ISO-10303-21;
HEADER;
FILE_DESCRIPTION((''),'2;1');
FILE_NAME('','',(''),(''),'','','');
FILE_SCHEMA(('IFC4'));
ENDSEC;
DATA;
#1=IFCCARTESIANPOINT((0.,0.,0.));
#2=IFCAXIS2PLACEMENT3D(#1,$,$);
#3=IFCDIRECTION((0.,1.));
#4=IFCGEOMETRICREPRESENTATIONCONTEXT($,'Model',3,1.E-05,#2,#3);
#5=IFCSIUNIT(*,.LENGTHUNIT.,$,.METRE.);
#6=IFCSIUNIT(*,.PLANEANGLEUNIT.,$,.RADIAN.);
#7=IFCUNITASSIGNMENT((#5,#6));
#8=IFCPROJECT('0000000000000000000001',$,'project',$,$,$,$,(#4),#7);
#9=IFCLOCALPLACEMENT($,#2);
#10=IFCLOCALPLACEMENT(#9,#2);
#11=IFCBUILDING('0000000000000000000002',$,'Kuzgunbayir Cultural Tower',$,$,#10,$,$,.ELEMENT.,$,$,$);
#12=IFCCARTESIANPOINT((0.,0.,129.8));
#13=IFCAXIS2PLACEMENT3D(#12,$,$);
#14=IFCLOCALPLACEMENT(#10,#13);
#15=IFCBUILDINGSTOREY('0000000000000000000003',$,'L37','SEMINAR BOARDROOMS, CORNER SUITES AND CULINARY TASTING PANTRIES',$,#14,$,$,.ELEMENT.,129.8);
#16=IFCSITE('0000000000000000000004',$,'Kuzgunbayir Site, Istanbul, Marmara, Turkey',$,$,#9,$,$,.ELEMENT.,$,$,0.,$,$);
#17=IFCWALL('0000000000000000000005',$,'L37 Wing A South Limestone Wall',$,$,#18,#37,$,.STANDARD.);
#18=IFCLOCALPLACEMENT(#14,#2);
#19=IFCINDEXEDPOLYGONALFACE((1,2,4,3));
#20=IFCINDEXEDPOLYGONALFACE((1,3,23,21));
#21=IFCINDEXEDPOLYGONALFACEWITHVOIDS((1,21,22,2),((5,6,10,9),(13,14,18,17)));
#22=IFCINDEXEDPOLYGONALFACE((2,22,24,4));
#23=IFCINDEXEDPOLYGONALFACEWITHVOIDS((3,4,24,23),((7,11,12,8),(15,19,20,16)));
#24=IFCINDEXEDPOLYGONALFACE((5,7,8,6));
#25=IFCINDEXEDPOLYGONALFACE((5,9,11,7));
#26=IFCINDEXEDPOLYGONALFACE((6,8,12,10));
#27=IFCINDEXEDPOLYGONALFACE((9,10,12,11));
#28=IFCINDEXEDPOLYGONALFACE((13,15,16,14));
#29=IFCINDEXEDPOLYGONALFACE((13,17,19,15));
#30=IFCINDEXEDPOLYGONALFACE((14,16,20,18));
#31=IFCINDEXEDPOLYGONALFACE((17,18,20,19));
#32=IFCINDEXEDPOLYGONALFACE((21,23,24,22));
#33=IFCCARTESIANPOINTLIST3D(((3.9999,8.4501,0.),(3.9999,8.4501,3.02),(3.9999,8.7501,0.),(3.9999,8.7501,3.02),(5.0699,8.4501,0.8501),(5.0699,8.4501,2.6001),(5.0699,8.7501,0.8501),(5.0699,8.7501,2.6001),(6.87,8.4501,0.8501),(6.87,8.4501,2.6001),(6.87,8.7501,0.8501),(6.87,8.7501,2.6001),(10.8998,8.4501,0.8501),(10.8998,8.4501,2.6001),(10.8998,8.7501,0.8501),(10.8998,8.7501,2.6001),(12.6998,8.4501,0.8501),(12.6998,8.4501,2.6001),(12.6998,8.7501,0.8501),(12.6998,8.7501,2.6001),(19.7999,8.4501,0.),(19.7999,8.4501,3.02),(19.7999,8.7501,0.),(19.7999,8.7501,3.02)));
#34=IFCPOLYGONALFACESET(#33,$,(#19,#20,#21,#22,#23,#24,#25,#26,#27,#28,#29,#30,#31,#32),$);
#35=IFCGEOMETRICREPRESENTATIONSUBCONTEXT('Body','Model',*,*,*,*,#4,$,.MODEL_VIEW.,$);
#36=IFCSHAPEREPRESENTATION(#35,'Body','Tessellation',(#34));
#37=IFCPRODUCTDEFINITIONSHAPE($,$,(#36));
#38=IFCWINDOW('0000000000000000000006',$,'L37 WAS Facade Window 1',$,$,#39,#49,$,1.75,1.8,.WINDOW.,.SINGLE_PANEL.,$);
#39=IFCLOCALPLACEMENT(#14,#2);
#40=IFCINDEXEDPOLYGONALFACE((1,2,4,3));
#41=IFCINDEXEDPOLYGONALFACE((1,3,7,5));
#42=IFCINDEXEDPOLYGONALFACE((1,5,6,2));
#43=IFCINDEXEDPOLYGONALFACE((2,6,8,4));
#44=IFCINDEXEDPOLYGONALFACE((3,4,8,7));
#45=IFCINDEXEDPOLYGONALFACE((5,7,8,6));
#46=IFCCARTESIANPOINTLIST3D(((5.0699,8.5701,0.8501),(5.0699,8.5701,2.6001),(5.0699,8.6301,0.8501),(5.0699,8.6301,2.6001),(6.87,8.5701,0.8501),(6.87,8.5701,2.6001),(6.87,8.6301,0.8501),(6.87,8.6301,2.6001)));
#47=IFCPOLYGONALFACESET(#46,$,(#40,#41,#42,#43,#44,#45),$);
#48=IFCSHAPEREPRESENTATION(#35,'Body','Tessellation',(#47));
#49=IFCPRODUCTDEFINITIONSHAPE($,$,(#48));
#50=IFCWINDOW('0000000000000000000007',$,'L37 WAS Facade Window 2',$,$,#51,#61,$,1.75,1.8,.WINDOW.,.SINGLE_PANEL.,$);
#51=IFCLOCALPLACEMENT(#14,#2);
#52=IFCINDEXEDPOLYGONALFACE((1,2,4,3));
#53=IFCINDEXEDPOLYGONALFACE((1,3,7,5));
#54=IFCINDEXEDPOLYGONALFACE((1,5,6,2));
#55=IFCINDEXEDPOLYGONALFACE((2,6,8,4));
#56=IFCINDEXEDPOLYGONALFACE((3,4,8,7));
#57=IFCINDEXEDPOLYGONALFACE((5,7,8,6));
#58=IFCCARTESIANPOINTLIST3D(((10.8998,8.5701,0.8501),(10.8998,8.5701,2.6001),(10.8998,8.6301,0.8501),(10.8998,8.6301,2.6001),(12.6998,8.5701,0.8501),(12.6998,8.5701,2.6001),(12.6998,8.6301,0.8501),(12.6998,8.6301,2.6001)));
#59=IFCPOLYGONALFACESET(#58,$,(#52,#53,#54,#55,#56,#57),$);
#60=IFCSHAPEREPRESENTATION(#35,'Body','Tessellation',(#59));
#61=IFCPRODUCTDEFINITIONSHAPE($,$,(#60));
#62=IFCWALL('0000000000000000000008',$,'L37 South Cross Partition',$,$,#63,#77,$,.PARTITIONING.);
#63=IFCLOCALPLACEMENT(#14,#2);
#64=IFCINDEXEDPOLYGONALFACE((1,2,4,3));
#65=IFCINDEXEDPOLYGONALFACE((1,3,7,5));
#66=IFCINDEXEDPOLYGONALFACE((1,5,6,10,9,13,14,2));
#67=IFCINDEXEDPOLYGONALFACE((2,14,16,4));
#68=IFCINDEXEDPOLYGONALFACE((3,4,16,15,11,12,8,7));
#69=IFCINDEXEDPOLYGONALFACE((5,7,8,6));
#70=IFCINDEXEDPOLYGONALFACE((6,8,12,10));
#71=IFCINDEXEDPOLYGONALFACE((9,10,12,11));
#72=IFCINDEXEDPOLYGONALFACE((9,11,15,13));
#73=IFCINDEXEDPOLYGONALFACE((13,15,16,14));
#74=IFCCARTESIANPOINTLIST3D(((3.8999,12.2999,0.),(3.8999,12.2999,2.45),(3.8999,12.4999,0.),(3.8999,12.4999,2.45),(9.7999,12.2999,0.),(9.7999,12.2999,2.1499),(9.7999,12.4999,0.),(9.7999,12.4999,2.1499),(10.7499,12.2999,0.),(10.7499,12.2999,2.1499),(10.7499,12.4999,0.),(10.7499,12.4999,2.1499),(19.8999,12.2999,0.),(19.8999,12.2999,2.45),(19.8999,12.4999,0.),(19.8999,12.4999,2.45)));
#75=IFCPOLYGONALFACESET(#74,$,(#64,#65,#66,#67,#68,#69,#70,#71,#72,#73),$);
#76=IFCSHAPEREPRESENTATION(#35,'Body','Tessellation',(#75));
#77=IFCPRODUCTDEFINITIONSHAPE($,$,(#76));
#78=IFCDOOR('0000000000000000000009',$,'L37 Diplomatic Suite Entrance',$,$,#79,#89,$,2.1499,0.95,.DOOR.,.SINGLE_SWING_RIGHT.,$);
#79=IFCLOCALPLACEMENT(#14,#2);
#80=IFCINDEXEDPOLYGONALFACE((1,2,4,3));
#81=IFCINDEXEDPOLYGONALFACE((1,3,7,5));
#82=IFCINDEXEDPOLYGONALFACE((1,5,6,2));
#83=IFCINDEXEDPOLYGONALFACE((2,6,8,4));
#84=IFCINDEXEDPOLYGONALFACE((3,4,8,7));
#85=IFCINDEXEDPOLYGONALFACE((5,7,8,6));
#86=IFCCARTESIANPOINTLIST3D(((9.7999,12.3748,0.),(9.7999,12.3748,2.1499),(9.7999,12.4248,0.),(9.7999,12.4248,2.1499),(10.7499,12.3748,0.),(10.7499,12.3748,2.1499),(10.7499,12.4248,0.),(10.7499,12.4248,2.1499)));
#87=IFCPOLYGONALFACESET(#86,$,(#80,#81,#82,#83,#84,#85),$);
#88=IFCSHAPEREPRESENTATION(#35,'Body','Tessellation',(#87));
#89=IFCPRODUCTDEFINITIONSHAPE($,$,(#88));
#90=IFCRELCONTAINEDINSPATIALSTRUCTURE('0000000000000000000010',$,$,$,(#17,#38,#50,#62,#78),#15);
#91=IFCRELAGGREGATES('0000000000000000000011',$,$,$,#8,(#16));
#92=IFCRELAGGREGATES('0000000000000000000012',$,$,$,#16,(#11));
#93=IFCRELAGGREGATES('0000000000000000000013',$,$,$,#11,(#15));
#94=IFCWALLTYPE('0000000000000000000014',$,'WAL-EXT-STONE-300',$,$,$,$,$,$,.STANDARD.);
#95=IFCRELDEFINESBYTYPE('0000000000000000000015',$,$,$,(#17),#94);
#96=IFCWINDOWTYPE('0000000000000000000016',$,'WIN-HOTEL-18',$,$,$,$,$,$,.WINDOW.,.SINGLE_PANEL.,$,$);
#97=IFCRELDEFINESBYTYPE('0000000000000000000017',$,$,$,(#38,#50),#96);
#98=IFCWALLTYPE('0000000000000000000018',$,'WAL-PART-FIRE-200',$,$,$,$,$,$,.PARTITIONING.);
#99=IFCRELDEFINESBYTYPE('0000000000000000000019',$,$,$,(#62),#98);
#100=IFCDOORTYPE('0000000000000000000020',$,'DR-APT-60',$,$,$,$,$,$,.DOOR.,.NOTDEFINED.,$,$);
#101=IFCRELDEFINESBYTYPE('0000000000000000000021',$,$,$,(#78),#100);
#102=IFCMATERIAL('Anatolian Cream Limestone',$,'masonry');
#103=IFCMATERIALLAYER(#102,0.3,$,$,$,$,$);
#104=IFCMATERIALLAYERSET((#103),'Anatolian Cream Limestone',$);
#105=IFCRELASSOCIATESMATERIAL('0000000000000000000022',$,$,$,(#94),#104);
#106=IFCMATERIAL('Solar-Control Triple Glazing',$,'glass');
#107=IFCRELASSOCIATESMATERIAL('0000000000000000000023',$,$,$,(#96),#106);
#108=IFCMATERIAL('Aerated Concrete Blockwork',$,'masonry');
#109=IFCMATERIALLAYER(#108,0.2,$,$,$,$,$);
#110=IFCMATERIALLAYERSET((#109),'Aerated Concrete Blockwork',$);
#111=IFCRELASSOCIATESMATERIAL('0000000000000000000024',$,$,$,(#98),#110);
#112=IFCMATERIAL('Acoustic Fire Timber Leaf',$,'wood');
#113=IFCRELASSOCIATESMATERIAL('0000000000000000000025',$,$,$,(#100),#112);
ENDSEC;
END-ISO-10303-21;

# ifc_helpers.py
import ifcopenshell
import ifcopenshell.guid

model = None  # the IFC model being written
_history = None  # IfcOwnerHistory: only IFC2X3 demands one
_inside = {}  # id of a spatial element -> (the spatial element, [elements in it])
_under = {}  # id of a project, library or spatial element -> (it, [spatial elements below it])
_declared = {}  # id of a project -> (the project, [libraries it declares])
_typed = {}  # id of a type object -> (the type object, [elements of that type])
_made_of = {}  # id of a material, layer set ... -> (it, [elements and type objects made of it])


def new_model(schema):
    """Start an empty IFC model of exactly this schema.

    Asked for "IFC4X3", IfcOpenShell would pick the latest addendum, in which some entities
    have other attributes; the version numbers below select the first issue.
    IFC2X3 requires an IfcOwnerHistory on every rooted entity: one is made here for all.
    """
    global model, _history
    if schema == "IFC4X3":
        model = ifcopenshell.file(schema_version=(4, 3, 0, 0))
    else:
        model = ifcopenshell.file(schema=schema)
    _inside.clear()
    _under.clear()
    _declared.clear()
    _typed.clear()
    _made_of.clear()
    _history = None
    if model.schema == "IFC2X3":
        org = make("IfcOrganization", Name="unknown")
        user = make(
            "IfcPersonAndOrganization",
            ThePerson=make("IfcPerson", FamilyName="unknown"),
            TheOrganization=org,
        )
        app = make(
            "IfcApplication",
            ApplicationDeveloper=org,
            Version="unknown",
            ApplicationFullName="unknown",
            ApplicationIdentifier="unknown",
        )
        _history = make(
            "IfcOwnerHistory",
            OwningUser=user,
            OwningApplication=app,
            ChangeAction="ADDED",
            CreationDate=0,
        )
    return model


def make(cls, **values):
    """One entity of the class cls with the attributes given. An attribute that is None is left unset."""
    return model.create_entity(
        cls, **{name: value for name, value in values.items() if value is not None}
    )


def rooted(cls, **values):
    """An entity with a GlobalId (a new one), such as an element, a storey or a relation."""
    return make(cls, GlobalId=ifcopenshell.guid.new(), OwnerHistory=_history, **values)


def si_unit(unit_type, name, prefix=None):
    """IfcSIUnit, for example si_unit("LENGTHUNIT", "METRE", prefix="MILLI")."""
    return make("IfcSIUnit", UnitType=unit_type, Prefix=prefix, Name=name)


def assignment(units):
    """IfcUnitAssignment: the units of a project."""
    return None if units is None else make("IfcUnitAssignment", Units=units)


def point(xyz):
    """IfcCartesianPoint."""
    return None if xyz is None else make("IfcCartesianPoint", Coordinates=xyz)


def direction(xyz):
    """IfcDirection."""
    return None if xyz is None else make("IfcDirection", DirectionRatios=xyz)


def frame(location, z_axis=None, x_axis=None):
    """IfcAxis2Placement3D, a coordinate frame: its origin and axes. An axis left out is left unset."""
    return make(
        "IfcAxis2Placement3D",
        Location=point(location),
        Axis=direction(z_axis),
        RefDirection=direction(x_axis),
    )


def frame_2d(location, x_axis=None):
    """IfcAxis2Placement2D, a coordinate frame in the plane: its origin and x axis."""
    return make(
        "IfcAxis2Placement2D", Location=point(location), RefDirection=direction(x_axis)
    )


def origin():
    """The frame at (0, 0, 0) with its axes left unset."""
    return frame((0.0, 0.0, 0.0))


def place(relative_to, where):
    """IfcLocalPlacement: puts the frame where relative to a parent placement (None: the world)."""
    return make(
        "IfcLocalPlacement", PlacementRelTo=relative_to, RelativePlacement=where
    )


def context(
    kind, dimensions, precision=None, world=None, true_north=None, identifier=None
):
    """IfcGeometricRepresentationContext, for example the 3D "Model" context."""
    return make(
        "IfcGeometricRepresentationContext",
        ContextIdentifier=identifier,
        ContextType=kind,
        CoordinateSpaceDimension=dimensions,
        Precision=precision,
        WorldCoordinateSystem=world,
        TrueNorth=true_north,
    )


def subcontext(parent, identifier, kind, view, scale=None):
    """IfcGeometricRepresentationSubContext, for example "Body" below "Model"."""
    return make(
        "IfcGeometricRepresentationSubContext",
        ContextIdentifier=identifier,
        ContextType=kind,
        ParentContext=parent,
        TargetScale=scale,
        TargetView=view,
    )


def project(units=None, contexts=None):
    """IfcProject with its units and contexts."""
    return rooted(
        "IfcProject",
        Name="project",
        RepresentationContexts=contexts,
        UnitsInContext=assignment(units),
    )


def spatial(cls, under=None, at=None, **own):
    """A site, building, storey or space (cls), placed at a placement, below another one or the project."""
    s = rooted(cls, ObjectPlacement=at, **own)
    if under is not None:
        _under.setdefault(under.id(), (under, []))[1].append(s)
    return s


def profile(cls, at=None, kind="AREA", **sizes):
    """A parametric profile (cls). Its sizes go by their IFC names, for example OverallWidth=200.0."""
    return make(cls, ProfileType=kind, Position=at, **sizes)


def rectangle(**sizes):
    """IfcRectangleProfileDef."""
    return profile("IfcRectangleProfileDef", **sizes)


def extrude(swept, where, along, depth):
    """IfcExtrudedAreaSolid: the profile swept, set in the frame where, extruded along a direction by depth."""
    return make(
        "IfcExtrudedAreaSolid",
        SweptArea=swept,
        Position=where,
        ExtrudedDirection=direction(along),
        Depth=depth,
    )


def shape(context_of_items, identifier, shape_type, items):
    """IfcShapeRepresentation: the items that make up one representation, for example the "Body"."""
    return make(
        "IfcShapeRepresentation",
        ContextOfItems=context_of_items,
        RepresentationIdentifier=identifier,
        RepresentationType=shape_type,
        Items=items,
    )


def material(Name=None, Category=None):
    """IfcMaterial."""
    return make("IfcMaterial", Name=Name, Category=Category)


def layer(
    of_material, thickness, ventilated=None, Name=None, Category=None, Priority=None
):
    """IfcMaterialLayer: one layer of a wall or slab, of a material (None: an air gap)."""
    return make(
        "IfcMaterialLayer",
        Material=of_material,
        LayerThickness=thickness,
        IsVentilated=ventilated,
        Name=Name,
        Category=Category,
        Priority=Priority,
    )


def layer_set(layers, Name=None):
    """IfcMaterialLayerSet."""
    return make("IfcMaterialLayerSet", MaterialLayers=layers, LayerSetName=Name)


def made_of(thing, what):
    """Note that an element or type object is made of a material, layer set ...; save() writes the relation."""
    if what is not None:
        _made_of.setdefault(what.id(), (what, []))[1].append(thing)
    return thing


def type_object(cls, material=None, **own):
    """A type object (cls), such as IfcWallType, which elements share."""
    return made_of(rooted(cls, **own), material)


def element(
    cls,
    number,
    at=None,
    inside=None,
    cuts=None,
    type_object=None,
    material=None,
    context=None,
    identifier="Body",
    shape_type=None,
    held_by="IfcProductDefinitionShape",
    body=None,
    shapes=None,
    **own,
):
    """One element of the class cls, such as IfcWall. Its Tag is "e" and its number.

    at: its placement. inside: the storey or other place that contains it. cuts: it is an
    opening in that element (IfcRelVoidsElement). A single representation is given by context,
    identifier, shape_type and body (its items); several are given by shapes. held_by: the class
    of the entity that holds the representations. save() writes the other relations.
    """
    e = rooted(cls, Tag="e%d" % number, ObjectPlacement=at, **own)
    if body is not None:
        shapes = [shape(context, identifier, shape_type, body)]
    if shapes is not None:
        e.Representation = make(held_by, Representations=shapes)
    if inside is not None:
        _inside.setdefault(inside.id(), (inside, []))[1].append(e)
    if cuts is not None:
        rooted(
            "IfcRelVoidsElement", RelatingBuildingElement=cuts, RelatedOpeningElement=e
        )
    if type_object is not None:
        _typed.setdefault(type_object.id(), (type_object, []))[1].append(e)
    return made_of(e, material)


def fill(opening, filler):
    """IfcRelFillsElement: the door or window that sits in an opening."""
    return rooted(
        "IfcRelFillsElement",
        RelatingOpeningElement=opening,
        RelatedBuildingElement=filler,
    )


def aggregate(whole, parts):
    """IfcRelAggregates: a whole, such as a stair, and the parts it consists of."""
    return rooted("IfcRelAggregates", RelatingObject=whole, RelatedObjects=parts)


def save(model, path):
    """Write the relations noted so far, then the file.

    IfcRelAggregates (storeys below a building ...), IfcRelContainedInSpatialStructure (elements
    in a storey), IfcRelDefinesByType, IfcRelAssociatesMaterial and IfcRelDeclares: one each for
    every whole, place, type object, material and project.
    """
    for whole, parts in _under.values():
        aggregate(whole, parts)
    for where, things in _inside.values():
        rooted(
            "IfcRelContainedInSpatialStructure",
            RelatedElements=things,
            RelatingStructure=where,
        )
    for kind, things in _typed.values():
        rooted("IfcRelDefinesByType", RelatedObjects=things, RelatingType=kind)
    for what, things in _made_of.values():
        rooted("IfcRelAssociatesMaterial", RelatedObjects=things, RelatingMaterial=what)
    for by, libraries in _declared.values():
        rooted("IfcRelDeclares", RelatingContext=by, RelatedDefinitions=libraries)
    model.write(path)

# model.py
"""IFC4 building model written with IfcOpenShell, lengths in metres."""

from ifc_helpers import new_model, si_unit, direction, frame, frame_2d, origin, place, context, subcontext, project, spatial, rectangle, extrude, material, layer, layer_set, type_object, element, fill, save


model = new_model("IFC4")

# Units and contexts
model_context = context("Model", 3, precision=1e-05, world=origin(), true_north=direction((0.0, 1.0)))
body_context = subcontext(model_context, "Body", "Model", "MODEL_VIEW")
ifc_project = project(units=[si_unit("LENGTHUNIT", "METRE"), si_unit("PLANEANGLEUNIT", "RADIAN")], contexts=[model_context])

# Site, building, storey
site_placement = place(None, origin())
site = spatial("IfcSite", under=ifc_project, at=site_placement, Name="Kuzgunbayir Site, Istanbul, Marmara, Turkey", CompositionType="ELEMENT", RefElevation=0.0)
building_placement = place(site_placement, origin())
building = spatial("IfcBuilding", under=site, at=building_placement, Name="Kuzgunbayir Cultural Tower", CompositionType="ELEMENT")
storey_placement = place(building_placement, frame((0.0, 0.0, 129.8)))
storey = spatial("IfcBuildingStorey", under=building, at=storey_placement, Name="L37", Description="SEMINAR BOARDROOMS, CORNER SUITES AND CULINARY TASTING PANTRIES", CompositionType="ELEMENT", Elevation=129.8)

# Wall, openings, windows
ifc_material_1 = material(Name="Anatolian Cream Limestone", Category="masonry")
ifc_layer_1 = layer(ifc_material_1, 0.3)
ifc_layer_set_1 = layer_set([ifc_layer_1], Name="Anatolian Cream Limestone")
wall_type_1 = type_object("IfcWallType", Name="WAL-EXT-STONE-300", PredefinedType="STANDARD", material=ifc_layer_set_1)
wall_1_placement = place(storey_placement, frame((4.0, 8.6001, 0.0), z_axis=(0.0, 0.0, 1.0), x_axis=(1.0, 0.0, 0.0)))
wall_1 = element("IfcWall", 1, at=wall_1_placement, inside=storey, type_object=wall_type_1, Name="L37 Wing A South Limestone Wall", PredefinedType="STANDARD", context=body_context, shape_type="SweptSolid", body=[
    extrude(rectangle(XDim=15.8, YDim=0.3, at=frame_2d((7.8999, 0.0))), origin(), (0.0, 0.0, 1.0), 3.02),
])
opening_1_placement = place(wall_1_placement, frame((1.0701, 0.0, 0.8501)))
opening_1 = element("IfcOpeningElement", 2, at=opening_1_placement, cuts=wall_1, PredefinedType="OPENING", context=body_context, shape_type="SweptSolid", body=[
    extrude(rectangle(XDim=1.8, YDim=1.75, at=frame_2d((0.8999, 0.875))), frame((0.0, 0.1602, 0.0), z_axis=(0.0, -1.0, 0.0), x_axis=(1.0, 0.0, 0.0)), (0.0, 0.0, 1.0), 0.3201),
])
opening_2_placement = place(wall_1_placement, frame((6.8999, 0.0, 0.8501)))
opening_2 = element("IfcOpeningElement", 3, at=opening_2_placement, cuts=wall_1, PredefinedType="OPENING", context=body_context, shape_type="SweptSolid", body=[
    extrude(rectangle(XDim=1.8, YDim=1.75, at=frame_2d((0.8999, 0.875))), frame((0.0, 0.1602, 0.0), z_axis=(0.0, -1.0, 0.0), x_axis=(1.0, 0.0, 0.0)), (0.0, 0.0, 1.0), 0.3201),
])
ifc_material_2 = material(Name="Solar-Control Triple Glazing", Category="glass")
window_type = type_object("IfcWindowType", Name="WIN-HOTEL-18", PartitioningType="SINGLE_PANEL", PredefinedType="WINDOW", material=ifc_material_2)
window_1_placement = place(opening_1_placement, origin())
window_1 = element("IfcWindow", 4, at=window_1_placement, inside=storey, type_object=window_type, Name="L37 WAS Facade Window 1", OverallHeight=1.75, OverallWidth=1.8, PartitioningType="SINGLE_PANEL", PredefinedType="WINDOW", context=body_context, shape_type="SweptSolid", body=[
    extrude(rectangle(XDim=1.8, YDim=1.75, at=frame_2d((0.8999, 0.875))), frame((0.0, 0.03, 0.0), z_axis=(0.0, -1.0, 0.0), x_axis=(1.0, 0.0, 0.0)), (0.0, 0.0, 1.0), 0.0601),
])
fill(opening_1, window_1)
window_2_placement = place(opening_2_placement, origin())
window_2 = element("IfcWindow", 5, at=window_2_placement, inside=storey, type_object=window_type, Name="L37 WAS Facade Window 2", OverallHeight=1.75, OverallWidth=1.8, PartitioningType="SINGLE_PANEL", PredefinedType="WINDOW", context=body_context, shape_type="SweptSolid", body=[
    extrude(rectangle(XDim=1.8, YDim=1.75, at=frame_2d((0.8999, 0.875))), frame((0.0, 0.03, 0.0), z_axis=(0.0, -1.0, 0.0), x_axis=(1.0, 0.0, 0.0)), (0.0, 0.0, 1.0), 0.0601),
])
fill(opening_2, window_2)

# Shared definitions
ifc_material_3 = material(Name="Aerated Concrete Blockwork", Category="masonry")
ifc_layer_2 = layer(ifc_material_3, 0.2)
ifc_layer_set_2 = layer_set([ifc_layer_2], Name="Aerated Concrete Blockwork")
wall_type_2 = type_object("IfcWallType", Name="WAL-PART-FIRE-200", PredefinedType="PARTITIONING", material=ifc_layer_set_2)

# Wall, opening, door
wall_2_placement = place(storey_placement, frame((3.8999, 12.3999, 0.0), z_axis=(0.0, 0.0, 1.0), x_axis=(1.0, 0.0, 0.0)))
wall_2 = element("IfcWall", 6, at=wall_2_placement, inside=storey, type_object=wall_type_2, Name="L37 South Cross Partition", PredefinedType="PARTITIONING", context=body_context, shape_type="SweptSolid", body=[
    extrude(rectangle(XDim=16.0, YDim=0.2, at=frame_2d((8.0, 0.0))), origin(), (0.0, 0.0, 1.0), 2.45),
])
opening_3_placement = place(wall_2_placement, frame((5.8999, 0.0, 0.0)))
opening_3 = element("IfcOpeningElement", 7, at=opening_3_placement, cuts=wall_2, PredefinedType="OPENING", context=body_context, shape_type="SweptSolid", body=[
    extrude(rectangle(XDim=0.95, YDim=2.1499, at=frame_2d((0.4751, 1.075))), frame((0.0, 0.1099, 0.0), z_axis=(0.0, -1.0, 0.0), x_axis=(1.0, 0.0, 0.0)), (0.0, 0.0, 1.0), 0.22),
])
ifc_material_4 = material(Name="Acoustic Fire Timber Leaf", Category="wood")
door_type_1 = type_object("IfcDoorType", Name="DR-APT-60", OperationType="NOTDEFINED", PredefinedType="DOOR", material=ifc_material_4)
door_1_placement = place(opening_3_placement, origin())
door_1 = element("IfcDoor", 8, at=door_1_placement, inside=storey, type_object=door_type_1, Name="L37 Diplomatic Suite Entrance", OperationType="SINGLE_SWING_RIGHT", OverallHeight=2.1499, OverallWidth=0.95, PredefinedType="DOOR", context=body_context, shape_type="SweptSolid", body=[
    extrude(rectangle(XDim=0.95, YDim=2.1499, at=frame_2d((0.4751, 1.075))), frame((0.0, 0.0249, 0.0), z_axis=(0.0, -1.0, 0.0), x_axis=(1.0, 0.0, 0.0)), (0.0, 0.0, 1.0), 0.05),
])
fill(opening_3, door_1)

save(model, "model.ifc")
